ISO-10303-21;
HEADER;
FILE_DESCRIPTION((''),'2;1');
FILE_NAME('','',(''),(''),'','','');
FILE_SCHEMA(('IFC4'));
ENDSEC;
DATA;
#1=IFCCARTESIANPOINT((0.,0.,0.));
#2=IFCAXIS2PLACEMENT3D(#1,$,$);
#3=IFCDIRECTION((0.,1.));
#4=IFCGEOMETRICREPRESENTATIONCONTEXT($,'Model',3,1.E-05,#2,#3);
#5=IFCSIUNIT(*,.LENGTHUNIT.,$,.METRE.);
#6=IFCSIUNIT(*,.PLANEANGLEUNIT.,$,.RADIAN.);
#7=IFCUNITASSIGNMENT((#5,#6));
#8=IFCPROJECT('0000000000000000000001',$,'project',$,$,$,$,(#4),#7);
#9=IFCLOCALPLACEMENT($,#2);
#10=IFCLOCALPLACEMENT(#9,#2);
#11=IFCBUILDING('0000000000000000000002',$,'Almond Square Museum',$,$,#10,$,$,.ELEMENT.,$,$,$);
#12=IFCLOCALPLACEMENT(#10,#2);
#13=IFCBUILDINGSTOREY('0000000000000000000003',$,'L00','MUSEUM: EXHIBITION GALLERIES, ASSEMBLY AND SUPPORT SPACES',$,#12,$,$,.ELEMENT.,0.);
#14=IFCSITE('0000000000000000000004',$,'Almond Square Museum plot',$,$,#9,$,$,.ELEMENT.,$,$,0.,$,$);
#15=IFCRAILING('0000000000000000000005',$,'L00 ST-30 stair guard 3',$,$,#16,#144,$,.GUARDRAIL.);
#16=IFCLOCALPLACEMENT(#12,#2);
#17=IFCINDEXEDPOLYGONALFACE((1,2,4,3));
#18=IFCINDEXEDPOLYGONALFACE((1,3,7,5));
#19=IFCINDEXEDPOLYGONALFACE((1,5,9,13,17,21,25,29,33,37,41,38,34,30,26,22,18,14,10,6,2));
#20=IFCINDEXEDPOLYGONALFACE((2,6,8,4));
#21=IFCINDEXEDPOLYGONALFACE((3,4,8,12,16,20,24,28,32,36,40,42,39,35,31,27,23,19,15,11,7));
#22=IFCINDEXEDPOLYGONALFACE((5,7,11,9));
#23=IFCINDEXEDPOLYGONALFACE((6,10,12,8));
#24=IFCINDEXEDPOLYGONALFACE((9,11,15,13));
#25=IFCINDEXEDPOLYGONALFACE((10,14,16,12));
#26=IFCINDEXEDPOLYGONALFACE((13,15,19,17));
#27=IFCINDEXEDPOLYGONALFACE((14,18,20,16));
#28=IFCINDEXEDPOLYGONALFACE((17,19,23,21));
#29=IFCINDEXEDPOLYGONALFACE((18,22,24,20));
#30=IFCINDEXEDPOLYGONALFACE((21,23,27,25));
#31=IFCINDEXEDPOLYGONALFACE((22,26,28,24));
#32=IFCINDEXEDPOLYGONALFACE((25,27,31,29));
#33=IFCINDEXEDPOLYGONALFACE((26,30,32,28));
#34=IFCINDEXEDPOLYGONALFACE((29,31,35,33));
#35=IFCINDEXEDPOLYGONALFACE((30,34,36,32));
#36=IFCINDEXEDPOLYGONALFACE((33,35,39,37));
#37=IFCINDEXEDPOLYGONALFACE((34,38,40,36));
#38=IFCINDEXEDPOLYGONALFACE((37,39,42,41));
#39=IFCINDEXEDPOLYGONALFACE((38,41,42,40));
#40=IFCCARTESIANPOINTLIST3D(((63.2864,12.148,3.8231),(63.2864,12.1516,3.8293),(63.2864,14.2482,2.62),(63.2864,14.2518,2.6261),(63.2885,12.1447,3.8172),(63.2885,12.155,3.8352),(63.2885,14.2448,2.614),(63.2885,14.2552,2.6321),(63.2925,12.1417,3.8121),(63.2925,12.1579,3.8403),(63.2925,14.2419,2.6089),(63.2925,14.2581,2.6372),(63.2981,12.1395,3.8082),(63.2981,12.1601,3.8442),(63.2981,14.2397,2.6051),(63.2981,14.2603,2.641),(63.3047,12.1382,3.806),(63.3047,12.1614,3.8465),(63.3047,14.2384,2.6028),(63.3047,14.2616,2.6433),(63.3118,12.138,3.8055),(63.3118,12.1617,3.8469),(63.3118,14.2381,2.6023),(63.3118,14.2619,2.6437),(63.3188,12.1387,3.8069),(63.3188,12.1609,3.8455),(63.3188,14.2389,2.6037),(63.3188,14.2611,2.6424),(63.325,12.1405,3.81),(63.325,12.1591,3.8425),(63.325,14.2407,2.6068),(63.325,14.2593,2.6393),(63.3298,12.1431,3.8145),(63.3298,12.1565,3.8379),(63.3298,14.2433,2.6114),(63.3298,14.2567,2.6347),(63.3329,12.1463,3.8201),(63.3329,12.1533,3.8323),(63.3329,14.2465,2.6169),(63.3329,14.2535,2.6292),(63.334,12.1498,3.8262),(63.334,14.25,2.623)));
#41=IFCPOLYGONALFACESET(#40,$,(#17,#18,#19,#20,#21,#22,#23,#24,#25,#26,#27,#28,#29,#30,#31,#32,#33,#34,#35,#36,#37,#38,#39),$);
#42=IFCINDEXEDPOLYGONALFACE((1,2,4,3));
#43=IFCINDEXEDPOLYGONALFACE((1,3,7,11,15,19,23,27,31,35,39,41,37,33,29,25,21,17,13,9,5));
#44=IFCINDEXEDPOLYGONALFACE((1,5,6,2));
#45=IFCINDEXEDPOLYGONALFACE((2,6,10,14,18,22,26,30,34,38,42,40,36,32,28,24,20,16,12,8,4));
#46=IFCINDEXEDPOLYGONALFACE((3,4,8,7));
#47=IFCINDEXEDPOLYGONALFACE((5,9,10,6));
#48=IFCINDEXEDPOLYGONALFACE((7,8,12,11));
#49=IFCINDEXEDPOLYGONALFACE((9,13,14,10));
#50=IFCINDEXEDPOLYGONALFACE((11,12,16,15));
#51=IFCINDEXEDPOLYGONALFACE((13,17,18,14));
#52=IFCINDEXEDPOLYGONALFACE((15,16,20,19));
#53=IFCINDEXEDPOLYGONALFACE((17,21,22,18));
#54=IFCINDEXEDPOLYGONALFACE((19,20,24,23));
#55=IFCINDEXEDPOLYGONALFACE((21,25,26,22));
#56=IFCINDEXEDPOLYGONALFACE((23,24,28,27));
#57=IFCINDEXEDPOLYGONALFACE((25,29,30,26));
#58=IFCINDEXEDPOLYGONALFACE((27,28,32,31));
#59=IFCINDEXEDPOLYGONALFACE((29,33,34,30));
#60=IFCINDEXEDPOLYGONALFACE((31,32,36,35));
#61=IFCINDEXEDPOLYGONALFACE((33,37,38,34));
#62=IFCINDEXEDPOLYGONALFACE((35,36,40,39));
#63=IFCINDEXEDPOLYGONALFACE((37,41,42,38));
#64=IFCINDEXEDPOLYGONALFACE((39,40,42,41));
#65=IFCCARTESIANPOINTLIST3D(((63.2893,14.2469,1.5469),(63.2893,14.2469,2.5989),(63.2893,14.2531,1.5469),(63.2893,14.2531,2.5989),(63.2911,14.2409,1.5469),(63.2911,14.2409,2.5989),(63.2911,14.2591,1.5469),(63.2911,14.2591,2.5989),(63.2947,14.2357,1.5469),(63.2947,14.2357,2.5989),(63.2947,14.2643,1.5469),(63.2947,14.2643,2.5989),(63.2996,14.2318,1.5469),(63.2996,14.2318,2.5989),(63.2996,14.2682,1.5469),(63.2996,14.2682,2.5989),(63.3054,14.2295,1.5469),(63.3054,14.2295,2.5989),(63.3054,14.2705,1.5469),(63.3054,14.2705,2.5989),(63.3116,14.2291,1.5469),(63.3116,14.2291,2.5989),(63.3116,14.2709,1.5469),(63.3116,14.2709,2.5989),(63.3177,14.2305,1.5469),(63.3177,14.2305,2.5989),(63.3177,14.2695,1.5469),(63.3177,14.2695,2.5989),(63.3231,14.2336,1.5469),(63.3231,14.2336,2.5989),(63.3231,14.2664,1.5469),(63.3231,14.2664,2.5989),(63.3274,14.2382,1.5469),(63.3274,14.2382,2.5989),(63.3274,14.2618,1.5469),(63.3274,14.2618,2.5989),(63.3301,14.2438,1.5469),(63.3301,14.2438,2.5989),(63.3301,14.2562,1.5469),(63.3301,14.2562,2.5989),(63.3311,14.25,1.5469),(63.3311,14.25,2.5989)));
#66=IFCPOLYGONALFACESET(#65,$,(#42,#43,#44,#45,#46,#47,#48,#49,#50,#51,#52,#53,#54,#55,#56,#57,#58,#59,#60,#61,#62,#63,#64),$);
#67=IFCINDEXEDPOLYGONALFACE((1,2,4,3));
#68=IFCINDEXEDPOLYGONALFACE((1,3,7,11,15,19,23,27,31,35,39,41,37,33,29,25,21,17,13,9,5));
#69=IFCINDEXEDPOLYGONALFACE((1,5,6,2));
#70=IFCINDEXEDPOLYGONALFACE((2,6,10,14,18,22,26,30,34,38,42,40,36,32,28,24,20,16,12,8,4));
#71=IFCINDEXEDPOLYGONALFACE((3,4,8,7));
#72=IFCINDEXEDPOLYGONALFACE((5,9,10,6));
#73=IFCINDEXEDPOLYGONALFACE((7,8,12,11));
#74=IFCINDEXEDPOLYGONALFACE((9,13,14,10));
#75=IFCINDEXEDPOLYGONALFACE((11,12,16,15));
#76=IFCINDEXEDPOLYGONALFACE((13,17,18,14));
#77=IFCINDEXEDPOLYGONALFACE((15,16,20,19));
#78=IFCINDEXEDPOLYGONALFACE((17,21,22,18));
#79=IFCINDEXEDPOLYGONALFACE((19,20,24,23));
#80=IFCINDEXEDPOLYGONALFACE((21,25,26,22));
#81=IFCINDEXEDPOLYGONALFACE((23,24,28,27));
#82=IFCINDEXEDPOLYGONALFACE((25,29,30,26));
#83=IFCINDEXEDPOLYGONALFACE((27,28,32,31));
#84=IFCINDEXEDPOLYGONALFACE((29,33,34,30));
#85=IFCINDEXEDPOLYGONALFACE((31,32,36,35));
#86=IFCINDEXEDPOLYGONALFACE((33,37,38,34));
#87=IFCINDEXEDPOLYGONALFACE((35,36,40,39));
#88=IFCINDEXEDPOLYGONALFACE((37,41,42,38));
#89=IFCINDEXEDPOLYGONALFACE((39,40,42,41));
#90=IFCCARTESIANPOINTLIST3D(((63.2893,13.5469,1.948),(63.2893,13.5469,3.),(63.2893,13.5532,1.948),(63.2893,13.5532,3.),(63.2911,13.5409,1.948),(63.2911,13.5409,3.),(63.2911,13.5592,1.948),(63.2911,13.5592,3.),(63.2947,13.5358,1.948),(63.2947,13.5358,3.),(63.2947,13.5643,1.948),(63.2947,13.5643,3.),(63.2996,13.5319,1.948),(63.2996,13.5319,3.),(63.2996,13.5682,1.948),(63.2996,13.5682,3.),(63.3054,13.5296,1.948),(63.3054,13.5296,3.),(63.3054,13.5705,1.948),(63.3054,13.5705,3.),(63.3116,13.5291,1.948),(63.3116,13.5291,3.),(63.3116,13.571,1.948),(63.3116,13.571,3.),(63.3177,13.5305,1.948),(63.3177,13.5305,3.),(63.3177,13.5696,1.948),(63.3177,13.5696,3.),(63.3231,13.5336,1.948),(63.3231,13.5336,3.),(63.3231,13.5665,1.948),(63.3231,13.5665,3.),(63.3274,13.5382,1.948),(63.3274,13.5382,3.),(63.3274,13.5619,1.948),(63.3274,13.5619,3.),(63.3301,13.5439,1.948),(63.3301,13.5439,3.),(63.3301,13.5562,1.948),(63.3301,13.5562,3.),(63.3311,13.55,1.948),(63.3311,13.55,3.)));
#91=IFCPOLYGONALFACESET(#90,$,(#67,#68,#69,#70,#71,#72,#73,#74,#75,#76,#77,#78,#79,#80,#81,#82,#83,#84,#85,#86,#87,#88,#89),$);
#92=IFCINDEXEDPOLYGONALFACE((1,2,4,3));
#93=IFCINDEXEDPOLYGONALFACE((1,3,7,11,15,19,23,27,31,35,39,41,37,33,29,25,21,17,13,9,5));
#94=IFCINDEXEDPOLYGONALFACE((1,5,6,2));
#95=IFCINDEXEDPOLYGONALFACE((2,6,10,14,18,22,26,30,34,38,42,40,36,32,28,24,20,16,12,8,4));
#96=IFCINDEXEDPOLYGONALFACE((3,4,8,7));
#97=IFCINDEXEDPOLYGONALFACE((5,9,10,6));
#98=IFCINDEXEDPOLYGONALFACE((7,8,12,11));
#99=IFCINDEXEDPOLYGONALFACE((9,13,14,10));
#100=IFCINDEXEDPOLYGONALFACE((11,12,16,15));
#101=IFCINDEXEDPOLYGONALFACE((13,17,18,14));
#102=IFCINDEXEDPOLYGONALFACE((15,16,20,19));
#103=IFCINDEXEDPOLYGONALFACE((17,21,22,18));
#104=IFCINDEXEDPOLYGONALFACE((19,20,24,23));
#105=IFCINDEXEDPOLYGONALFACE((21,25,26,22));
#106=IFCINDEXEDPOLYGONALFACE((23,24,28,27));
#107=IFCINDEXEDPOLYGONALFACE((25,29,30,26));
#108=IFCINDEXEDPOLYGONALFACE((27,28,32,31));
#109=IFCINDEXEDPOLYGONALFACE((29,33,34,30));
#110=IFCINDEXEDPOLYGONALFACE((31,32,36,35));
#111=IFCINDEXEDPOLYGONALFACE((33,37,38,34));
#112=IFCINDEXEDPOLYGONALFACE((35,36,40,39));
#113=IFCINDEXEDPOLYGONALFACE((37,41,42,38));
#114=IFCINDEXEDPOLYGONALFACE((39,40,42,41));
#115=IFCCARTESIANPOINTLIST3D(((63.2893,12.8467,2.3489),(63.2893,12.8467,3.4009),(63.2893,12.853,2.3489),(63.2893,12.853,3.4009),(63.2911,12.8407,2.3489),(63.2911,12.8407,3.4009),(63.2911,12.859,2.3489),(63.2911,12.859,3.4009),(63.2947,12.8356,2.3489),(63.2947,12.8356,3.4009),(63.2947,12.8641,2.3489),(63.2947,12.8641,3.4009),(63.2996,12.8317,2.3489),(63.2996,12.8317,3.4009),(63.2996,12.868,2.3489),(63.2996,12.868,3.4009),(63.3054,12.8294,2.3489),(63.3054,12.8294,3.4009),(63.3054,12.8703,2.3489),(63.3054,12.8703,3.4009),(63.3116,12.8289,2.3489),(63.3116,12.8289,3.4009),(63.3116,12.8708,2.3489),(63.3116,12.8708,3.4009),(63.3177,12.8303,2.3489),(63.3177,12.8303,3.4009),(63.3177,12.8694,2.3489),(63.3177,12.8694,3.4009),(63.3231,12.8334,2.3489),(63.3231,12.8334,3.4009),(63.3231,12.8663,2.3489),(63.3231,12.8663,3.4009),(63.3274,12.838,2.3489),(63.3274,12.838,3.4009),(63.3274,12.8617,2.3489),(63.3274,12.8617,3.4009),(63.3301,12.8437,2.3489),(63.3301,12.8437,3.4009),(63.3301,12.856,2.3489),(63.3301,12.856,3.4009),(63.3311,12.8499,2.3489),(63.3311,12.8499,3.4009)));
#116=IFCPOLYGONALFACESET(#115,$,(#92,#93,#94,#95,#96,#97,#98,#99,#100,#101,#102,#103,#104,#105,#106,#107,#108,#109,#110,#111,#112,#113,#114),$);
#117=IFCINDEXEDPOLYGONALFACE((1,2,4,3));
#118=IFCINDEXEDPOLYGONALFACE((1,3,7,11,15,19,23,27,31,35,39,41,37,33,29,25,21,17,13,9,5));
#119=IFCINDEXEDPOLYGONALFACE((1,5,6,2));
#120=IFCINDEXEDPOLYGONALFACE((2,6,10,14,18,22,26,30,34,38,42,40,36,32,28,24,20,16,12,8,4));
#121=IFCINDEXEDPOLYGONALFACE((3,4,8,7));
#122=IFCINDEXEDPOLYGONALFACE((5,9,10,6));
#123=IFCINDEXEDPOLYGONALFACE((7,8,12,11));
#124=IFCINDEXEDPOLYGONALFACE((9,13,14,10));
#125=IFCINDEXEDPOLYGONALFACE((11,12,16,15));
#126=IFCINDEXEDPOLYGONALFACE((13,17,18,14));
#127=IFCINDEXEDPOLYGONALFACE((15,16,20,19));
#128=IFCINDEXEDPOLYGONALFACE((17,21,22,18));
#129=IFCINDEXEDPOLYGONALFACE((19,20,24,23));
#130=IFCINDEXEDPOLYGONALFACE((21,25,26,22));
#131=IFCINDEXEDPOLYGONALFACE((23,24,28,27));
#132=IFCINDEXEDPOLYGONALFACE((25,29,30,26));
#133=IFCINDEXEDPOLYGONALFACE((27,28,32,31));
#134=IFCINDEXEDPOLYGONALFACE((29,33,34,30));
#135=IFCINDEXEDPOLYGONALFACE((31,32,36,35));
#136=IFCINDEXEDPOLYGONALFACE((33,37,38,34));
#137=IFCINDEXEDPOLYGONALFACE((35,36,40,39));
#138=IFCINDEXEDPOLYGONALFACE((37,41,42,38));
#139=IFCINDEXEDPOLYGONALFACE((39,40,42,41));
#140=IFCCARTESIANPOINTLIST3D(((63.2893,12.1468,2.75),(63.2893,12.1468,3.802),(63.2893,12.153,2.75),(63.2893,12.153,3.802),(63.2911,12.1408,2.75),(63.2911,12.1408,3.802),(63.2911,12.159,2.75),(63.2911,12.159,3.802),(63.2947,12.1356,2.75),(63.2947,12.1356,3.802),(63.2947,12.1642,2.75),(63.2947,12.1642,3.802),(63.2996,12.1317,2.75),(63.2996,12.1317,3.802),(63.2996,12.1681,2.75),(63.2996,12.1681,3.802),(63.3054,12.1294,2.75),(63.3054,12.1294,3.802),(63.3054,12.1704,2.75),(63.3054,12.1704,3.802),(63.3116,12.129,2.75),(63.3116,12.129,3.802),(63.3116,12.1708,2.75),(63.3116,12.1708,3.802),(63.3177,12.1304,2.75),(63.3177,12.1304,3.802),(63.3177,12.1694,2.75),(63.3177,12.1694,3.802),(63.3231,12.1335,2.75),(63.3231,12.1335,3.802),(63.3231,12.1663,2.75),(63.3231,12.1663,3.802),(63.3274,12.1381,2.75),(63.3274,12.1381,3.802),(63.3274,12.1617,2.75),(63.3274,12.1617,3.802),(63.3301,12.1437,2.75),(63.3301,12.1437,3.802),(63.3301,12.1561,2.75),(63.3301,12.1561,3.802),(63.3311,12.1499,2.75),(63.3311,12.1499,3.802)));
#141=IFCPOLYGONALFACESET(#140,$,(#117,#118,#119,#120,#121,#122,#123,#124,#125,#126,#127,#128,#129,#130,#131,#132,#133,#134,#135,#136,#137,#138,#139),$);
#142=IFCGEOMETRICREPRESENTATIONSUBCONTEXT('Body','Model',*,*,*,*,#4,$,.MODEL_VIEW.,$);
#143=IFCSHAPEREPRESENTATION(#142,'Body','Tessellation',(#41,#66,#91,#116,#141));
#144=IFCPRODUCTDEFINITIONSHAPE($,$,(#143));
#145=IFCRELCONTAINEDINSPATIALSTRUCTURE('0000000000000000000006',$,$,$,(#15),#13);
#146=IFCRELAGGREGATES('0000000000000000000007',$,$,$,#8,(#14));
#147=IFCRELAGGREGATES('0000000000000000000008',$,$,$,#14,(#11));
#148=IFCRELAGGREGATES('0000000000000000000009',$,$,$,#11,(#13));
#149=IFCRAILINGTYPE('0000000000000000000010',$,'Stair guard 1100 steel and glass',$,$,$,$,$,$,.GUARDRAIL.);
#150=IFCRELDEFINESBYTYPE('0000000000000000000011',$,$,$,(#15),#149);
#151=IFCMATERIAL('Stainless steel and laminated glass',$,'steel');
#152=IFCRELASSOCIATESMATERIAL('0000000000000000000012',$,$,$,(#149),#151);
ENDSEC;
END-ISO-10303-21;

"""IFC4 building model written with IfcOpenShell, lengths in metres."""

from ifc_helpers import new_model, si_unit, direction, frame, origin, origin_2d, place, context, subcontext, project, spatial, circle, extrude, material, type_object, element, save


model = new_model("IFC4")

# Units and contexts
model_context = context("Model", 3, precision=1e-05, world=origin(), true_north=direction((0.0, 1.0)))
body_context = subcontext(model_context, "Body", "Model", "MODEL_VIEW")
ifc_project = project(units=[si_unit("LENGTHUNIT", "METRE"), si_unit("PLANEANGLEUNIT", "RADIAN")], contexts=[model_context])

# Site, building, storey
site_placement = place(None, origin())
site = spatial("IfcSite", under=ifc_project, at=site_placement, Name="Almond Square Museum plot", CompositionType="ELEMENT", RefElevation=0.0)
building_placement = place(site_placement, origin())
building = spatial("IfcBuilding", under=site, at=building_placement, Name="Almond Square Museum", CompositionType="ELEMENT")
storey_placement = place(building_placement, origin())
storey = spatial("IfcBuildingStorey", under=building, at=storey_placement, Name="L00", Description="MUSEUM: EXHIBITION GALLERIES, ASSEMBLY AND SUPPORT SPACES", CompositionType="ELEMENT", Elevation=0.0)

# Railing
ifc_material_1 = material(Name="Stainless steel and laminated glass", Category="steel")
railing_type_1 = type_object("IfcRailingType", Name="Stair guard 1100 steel and glass", PredefinedType="GUARDRAIL", material=ifc_material_1)
railing_1_placement = place(storey_placement, frame((63.3101, 14.25, 1.5469)))
element("IfcRailing", 1, at=railing_1_placement, inside=storey, type_object=railing_type_1, Name="L00 ST-30 stair guard 3", PredefinedType="GUARDRAIL", context=body_context, shape_type="SweptSolid", body=[
    extrude(circle(Radius=0.0239, at=origin_2d()), frame((0.0, 0.0, 1.0762), z_axis=(0.0, -0.867696, 0.497095), x_axis=(1.0, 0.0, 0.0)), (0.0, 0.0, 1.0), 2.4204),
    extrude(circle(Radius=0.021, at=origin_2d()), origin(), (0.0, 0.0, 1.0), 1.052),
    extrude(circle(Radius=0.021, at=origin_2d()), frame((0.0, -0.7, 0.4011)), (0.0, 0.0, 1.0), 1.052),
    extrude(circle(Radius=0.021, at=origin_2d()), frame((0.0, -1.4001, 0.802)), (0.0, 0.0, 1.0), 1.052),
    extrude(circle(Radius=0.021, at=origin_2d()), frame((0.0, -2.1001, 1.2031)), (0.0, 0.0, 1.0), 1.052),
])

save(model, "model.ifc")
